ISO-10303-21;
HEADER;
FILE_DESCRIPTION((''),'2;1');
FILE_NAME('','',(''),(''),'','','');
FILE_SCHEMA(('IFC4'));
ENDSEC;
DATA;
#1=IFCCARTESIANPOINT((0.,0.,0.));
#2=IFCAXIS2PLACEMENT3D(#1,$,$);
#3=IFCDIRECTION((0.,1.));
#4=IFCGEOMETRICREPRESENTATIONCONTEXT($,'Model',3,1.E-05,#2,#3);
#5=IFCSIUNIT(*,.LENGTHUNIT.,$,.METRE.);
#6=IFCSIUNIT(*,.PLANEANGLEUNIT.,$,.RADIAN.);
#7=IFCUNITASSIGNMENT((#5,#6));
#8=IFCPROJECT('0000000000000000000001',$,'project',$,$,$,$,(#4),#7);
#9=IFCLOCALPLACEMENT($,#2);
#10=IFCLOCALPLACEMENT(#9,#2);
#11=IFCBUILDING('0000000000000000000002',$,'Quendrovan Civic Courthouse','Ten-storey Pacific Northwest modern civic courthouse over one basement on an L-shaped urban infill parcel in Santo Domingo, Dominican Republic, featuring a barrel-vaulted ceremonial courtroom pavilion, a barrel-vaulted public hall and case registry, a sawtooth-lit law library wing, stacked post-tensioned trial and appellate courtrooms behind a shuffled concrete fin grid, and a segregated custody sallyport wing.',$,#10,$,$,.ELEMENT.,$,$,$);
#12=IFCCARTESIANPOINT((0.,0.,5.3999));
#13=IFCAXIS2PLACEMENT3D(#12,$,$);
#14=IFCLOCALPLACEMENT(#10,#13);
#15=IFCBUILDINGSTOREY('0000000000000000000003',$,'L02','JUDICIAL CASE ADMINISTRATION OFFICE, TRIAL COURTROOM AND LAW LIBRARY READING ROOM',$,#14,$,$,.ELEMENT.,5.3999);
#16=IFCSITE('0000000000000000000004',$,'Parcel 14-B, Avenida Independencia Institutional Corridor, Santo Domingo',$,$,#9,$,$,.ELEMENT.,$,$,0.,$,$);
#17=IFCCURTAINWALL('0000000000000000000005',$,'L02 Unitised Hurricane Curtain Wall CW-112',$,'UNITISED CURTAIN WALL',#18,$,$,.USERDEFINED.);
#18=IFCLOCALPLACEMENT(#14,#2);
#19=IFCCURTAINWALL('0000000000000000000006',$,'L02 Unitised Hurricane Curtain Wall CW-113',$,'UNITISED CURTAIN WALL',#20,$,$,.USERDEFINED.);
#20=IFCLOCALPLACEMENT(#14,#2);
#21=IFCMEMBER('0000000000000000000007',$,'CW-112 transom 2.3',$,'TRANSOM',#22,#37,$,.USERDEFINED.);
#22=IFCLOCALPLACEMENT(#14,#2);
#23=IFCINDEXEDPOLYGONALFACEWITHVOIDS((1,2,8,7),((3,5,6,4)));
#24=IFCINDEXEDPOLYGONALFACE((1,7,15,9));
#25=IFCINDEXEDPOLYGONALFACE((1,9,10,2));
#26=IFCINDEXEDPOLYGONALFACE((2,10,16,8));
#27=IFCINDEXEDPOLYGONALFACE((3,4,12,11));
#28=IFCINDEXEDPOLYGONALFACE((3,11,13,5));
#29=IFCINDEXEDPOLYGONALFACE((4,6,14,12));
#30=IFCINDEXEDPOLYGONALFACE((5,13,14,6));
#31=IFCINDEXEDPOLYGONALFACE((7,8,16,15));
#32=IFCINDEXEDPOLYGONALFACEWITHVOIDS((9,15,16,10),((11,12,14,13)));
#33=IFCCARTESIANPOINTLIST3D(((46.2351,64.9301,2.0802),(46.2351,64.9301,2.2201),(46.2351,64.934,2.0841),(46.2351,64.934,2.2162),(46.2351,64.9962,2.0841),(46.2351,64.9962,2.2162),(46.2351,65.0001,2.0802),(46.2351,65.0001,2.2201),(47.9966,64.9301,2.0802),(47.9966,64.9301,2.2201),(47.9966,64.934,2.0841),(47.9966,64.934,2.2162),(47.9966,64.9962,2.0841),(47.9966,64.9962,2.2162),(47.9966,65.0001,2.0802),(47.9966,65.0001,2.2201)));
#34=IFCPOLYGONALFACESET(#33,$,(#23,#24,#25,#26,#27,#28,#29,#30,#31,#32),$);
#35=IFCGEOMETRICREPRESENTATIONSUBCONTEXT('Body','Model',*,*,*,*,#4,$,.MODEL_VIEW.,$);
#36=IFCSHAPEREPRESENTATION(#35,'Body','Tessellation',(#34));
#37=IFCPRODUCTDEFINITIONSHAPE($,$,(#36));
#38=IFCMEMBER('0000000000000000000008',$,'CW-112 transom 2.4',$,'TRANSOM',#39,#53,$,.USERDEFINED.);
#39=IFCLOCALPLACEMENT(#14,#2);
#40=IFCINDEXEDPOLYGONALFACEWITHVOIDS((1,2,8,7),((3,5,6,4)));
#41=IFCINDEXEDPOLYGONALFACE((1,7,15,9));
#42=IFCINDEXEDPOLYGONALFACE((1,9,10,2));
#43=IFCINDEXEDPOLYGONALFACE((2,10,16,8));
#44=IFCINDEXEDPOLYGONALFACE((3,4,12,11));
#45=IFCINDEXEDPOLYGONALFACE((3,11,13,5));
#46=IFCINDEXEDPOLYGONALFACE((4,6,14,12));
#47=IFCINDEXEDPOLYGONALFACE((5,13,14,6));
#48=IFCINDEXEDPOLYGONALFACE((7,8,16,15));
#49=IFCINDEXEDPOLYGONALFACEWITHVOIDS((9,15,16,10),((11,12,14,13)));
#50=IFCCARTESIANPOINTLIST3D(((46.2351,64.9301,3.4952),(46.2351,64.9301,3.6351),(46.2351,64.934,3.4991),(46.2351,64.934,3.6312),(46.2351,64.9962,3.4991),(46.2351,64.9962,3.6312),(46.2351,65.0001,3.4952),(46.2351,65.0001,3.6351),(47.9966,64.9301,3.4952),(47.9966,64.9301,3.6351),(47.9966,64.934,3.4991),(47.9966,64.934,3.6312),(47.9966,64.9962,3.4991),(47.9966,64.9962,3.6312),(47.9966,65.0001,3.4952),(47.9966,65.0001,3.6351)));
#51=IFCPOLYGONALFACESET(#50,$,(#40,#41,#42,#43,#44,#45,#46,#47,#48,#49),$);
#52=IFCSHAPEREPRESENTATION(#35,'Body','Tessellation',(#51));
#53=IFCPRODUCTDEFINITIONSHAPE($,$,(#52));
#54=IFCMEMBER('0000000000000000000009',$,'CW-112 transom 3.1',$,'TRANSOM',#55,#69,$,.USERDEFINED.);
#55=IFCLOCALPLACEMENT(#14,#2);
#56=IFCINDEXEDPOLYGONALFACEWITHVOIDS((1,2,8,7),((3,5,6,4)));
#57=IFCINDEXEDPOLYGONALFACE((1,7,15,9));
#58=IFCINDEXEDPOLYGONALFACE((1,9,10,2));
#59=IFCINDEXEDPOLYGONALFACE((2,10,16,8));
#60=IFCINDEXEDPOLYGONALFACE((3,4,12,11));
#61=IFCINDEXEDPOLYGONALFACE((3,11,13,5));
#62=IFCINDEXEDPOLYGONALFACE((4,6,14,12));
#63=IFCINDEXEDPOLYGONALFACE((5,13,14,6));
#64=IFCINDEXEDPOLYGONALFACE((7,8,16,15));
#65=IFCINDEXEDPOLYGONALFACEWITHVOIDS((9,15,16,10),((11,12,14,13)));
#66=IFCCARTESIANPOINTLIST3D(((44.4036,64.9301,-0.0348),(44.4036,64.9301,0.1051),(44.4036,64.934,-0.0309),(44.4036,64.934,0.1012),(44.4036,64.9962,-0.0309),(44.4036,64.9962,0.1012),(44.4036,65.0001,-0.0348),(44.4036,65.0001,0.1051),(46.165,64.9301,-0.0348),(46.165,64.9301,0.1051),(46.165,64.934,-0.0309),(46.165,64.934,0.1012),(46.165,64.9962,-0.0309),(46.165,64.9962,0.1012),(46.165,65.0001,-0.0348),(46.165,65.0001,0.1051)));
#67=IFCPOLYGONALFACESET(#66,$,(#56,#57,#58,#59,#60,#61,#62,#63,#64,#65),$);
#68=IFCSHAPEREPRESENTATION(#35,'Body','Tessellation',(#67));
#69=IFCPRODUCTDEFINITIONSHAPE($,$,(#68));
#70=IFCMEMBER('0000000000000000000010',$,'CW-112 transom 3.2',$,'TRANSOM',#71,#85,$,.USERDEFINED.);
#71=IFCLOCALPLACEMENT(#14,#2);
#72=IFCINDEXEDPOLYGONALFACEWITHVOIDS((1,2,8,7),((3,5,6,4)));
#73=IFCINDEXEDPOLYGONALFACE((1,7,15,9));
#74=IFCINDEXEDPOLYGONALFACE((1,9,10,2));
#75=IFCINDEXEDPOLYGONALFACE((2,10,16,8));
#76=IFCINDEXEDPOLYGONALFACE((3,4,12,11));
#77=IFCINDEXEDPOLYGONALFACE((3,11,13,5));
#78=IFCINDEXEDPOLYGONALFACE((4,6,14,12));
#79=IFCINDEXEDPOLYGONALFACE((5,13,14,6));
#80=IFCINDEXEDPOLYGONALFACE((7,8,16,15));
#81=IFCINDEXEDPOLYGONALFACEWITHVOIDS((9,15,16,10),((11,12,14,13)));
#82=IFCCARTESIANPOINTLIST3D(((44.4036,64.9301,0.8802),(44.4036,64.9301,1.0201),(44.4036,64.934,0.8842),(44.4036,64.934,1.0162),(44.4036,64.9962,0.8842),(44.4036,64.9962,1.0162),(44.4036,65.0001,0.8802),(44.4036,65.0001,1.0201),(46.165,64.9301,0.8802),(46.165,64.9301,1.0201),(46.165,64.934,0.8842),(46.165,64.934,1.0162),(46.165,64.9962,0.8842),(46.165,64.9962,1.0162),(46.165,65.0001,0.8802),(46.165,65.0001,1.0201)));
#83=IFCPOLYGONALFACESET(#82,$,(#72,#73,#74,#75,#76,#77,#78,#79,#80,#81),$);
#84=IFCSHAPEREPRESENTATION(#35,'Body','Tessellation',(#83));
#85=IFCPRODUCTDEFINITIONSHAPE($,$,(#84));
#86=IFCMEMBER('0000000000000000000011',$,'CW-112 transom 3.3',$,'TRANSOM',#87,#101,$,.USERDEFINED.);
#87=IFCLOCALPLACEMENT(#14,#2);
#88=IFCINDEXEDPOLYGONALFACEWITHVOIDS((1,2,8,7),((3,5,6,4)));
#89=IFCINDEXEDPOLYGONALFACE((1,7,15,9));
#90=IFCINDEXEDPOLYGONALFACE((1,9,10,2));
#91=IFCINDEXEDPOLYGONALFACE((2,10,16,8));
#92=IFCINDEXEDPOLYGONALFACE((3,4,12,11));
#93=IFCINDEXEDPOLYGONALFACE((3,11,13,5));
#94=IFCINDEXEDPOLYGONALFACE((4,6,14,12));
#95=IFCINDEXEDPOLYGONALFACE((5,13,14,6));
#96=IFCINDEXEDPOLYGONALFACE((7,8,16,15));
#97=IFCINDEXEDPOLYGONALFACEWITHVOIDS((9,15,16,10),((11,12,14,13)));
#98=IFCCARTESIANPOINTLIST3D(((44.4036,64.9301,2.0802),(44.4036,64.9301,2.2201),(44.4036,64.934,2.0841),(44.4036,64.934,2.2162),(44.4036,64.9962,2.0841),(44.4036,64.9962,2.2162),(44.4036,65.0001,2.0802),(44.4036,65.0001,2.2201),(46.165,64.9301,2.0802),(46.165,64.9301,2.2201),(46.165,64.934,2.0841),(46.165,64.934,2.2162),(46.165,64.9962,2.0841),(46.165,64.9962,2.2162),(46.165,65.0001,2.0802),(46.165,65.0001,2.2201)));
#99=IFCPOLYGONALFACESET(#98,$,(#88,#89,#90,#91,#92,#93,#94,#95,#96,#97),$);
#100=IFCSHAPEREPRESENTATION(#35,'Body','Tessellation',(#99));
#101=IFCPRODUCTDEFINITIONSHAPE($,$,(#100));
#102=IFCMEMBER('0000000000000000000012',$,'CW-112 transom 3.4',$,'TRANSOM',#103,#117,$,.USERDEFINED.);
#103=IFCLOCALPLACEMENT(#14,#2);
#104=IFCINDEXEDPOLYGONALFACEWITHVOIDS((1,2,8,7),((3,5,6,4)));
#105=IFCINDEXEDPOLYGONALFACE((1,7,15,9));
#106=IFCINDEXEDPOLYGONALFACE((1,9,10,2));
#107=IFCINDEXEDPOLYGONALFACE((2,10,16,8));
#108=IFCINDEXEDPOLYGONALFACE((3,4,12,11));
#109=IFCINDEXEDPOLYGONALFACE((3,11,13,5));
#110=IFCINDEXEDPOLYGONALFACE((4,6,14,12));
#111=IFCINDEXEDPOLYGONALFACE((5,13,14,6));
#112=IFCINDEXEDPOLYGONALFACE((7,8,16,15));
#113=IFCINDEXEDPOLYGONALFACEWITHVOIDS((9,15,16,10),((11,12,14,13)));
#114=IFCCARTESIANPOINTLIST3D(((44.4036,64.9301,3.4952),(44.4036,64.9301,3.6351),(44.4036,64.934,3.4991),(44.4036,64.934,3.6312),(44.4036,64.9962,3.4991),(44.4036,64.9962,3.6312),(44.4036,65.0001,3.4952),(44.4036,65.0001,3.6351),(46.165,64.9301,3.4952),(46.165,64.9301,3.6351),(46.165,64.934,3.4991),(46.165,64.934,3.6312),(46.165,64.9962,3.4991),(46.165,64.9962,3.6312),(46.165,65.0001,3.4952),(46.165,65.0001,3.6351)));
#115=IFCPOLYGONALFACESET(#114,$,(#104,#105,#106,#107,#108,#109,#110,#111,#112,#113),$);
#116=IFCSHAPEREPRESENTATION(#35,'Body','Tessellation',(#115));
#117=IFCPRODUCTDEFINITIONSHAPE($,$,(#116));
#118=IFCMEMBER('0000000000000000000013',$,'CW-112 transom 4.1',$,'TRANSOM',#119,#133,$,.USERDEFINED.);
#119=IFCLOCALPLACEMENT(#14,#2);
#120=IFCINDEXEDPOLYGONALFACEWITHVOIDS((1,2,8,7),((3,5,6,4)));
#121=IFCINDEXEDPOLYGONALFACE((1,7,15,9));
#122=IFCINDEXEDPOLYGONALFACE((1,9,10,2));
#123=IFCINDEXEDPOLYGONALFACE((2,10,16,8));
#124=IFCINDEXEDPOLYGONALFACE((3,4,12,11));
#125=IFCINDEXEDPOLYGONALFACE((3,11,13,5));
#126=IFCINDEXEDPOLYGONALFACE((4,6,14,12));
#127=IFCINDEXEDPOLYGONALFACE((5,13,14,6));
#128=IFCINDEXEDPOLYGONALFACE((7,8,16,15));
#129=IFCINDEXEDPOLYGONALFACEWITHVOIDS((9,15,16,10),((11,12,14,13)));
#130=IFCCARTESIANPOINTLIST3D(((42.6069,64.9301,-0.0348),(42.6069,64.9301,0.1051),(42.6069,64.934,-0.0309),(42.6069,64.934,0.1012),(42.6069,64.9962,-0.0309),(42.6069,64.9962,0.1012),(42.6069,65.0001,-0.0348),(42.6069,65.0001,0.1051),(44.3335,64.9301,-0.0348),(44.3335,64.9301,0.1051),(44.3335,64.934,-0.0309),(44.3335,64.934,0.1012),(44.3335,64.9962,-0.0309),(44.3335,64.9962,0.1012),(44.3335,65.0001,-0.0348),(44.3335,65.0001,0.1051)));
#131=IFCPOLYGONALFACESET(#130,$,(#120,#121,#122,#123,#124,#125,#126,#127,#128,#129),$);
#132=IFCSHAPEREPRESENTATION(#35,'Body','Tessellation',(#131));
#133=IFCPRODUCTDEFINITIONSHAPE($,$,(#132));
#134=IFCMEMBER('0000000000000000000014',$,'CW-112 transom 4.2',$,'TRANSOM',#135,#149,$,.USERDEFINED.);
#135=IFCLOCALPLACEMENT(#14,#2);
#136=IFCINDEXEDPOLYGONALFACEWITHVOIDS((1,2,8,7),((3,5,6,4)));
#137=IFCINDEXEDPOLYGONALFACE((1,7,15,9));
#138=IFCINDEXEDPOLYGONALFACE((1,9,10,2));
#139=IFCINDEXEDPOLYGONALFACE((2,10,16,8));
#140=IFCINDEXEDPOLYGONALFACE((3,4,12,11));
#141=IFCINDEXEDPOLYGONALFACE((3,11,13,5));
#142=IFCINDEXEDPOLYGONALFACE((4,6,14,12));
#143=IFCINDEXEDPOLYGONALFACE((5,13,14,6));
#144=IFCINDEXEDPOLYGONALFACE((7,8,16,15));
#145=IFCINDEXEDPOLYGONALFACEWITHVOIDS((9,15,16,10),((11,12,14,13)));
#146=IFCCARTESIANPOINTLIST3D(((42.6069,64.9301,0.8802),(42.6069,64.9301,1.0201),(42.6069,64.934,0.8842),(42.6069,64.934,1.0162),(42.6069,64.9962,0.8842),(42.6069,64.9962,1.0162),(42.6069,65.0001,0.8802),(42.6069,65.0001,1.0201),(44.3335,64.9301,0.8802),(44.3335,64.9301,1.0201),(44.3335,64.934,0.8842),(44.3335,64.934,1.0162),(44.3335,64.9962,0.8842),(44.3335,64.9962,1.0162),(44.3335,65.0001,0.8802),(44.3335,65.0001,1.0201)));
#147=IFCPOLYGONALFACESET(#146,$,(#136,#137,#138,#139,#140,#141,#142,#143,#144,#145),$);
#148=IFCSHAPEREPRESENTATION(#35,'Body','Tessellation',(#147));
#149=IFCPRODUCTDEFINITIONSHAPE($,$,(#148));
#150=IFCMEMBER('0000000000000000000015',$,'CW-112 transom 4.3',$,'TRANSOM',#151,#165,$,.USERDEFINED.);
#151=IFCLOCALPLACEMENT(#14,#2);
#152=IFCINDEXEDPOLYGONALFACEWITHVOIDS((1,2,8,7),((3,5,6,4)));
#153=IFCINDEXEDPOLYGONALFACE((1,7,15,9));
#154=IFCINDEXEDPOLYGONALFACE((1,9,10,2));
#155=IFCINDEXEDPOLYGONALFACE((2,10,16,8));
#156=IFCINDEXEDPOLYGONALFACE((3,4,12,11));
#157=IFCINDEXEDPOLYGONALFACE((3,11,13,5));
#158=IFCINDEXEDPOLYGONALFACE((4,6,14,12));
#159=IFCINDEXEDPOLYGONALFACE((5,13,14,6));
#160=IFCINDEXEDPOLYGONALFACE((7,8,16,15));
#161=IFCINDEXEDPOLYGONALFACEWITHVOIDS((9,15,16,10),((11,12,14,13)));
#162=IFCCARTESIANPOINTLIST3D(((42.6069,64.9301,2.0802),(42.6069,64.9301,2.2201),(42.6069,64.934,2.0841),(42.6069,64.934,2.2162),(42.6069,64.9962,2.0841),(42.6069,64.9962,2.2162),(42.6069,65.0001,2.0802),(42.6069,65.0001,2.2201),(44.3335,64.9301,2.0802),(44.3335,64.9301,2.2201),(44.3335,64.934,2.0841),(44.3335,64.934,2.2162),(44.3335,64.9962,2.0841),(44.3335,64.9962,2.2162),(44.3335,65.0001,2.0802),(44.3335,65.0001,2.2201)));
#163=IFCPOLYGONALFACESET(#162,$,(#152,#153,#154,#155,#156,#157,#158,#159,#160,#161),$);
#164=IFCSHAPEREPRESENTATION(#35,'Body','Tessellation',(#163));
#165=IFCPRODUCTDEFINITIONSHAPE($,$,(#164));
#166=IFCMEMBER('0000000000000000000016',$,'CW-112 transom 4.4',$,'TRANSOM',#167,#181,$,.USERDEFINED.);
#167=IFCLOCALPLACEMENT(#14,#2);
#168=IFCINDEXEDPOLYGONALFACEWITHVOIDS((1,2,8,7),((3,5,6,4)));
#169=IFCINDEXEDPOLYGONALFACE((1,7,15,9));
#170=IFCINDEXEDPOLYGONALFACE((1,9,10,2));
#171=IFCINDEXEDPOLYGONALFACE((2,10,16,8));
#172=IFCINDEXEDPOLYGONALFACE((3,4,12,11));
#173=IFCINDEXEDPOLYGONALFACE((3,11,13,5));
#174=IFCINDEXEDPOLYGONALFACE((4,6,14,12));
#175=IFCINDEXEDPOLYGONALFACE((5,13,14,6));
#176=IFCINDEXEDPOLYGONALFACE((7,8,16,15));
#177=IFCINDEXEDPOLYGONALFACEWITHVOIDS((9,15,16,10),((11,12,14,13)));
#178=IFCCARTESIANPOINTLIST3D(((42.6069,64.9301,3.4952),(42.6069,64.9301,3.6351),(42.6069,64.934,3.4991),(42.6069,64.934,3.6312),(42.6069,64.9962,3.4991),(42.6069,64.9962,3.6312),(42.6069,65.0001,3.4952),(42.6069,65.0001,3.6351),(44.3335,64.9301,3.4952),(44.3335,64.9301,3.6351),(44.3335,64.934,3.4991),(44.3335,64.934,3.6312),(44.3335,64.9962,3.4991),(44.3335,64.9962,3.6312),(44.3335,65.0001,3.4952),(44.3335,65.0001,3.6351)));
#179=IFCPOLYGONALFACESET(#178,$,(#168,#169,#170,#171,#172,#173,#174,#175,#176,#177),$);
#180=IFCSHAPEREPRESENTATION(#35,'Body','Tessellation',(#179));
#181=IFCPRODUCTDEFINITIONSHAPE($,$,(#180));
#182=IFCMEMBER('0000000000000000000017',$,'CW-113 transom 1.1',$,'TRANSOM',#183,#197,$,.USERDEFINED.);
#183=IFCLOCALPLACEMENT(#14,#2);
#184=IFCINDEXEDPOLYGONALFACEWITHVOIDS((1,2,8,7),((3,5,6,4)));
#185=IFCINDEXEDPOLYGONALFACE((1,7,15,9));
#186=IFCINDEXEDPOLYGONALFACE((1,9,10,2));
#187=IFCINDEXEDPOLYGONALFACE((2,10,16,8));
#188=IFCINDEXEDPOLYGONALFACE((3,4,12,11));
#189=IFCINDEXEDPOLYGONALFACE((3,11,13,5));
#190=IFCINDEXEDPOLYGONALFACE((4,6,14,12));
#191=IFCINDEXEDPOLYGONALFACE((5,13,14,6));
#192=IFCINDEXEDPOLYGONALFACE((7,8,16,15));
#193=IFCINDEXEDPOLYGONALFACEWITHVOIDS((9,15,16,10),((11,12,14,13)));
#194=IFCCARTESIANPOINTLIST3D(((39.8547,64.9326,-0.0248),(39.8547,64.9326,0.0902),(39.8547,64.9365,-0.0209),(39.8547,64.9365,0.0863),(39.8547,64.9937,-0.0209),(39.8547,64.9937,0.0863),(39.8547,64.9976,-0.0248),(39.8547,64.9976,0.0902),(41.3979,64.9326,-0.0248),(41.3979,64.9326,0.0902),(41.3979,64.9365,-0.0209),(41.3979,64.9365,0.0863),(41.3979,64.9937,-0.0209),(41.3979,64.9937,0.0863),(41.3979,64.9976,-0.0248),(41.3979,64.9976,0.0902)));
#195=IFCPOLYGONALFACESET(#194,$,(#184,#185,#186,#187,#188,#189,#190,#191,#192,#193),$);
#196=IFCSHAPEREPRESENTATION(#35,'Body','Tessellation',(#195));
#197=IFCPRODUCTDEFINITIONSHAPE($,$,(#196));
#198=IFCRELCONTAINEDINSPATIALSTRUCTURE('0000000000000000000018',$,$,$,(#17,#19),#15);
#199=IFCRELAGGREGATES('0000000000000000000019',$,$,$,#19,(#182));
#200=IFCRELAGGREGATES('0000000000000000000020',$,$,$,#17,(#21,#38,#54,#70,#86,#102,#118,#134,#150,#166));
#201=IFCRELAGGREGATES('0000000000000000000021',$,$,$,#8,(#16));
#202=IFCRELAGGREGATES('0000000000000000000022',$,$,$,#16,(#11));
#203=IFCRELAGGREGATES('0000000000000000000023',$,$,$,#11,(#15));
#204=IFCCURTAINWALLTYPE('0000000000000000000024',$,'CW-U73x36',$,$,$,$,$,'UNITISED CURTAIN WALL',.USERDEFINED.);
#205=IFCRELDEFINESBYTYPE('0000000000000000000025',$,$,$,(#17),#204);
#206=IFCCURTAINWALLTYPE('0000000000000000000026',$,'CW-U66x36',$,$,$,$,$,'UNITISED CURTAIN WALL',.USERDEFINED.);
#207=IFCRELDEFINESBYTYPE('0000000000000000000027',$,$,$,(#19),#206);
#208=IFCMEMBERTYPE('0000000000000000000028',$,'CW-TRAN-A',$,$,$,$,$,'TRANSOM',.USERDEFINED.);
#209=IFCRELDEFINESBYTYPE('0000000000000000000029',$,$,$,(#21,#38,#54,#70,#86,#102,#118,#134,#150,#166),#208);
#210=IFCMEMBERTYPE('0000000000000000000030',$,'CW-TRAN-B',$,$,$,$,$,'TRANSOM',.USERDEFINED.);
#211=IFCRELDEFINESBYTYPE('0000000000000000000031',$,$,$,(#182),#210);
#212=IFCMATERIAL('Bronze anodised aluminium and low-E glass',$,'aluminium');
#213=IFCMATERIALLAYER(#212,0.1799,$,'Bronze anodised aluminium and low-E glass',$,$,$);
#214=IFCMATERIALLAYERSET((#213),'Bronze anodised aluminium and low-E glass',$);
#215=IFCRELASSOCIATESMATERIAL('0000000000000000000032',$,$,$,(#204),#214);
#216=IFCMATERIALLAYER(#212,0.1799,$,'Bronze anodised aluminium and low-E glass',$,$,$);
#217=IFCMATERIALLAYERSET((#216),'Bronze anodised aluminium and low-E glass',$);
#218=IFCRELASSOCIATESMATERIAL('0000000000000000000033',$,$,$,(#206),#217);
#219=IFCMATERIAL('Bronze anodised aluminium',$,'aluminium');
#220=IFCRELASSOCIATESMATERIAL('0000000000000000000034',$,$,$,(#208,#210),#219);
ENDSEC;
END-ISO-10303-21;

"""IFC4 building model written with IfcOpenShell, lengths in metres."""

from ifc_helpers import new_model, si_unit, direction, frame, origin, origin_2d, place, context, subcontext, project, spatial, hollow_rectangle, extrude, material, layer, layer_set, material_profile, profile_set, type_object, element, aggregate, save


model = new_model("IFC4")

# Units and contexts
model_context = context("Model", 3, precision=1e-05, world=origin(), true_north=direction((0.0, 1.0)))
body_context = subcontext(model_context, "Body", "Model", "MODEL_VIEW")
ifc_project = project(units=[si_unit("LENGTHUNIT", "METRE"), si_unit("PLANEANGLEUNIT", "RADIAN")], contexts=[model_context])

# Site, building, storey
site_placement = place(None, origin())
site = spatial("IfcSite", under=ifc_project, at=site_placement, Name="Parcel 14-B, Avenida Independencia Institutional Corridor, Santo Domingo", CompositionType="ELEMENT", RefElevation=0.0)
building_placement = place(site_placement, origin())
building = spatial("IfcBuilding", under=site, at=building_placement, Name="Quendrovan Civic Courthouse", Description="Ten-storey Pacific Northwest modern civic courthouse over one basement on an L-shaped urban infill parcel in Santo Domingo, Dominican Republic, featuring a barrel-vaulted ceremonial courtroom pavilion, a barrel-vaulted public hall and case registry, a sawtooth-lit law library wing, stacked post-tensioned trial and appellate courtrooms behind a shuffled concrete fin grid, and a segregated custody sallyport wing.", CompositionType="ELEMENT")
storey_placement = place(building_placement, frame((0.0, 0.0, 5.3999)))
storey = spatial("IfcBuildingStorey", under=building, at=storey_placement, Name="L02", Description="JUDICIAL CASE ADMINISTRATION OFFICE, TRIAL COURTROOM AND LAW LIBRARY READING ROOM", CompositionType="ELEMENT", Elevation=5.3999)

# Curtain wall
ifc_material_1 = material(Name="Bronze anodised aluminium and low-E glass", Category="aluminium")
ifc_layer_1 = layer(ifc_material_1, 0.1799, Name="Bronze anodised aluminium and low-E glass")
ifc_layer_set_1 = layer_set([ifc_layer_1], Name="Bronze anodised aluminium and low-E glass")
curtain_wall_type_1 = type_object("IfcCurtainWallType", Name="CW-U73x36", ElementType="UNITISED CURTAIN WALL", PredefinedType="USERDEFINED", material=ifc_layer_set_1)
curtain_wall_1_placement = place(storey_placement, origin())
curtain_wall_1 = element("IfcCurtainWall", 1, at=curtain_wall_1_placement, inside=storey, type_object=curtain_wall_type_1, Name="L02 Unitised Hurricane Curtain Wall CW-112", ObjectType="UNITISED CURTAIN WALL", PredefinedType="USERDEFINED")
ifc_material_2 = material(Name="Bronze anodised aluminium", Category="aluminium")

# Curtain wall
ifc_layer_2 = layer(ifc_material_1, 0.1799, Name="Bronze anodised aluminium and low-E glass")
ifc_layer_set_2 = layer_set([ifc_layer_2], Name="Bronze anodised aluminium and low-E glass")
curtain_wall_type_2 = type_object("IfcCurtainWallType", Name="CW-U66x36", ElementType="UNITISED CURTAIN WALL", PredefinedType="USERDEFINED", material=ifc_layer_set_2)
curtain_wall_2_placement = place(storey_placement, origin())
curtain_wall_2 = element("IfcCurtainWall", 2, at=curtain_wall_2_placement, inside=storey, type_object=curtain_wall_type_2, Name="L02 Unitised Hurricane Curtain Wall CW-113", ObjectType="UNITISED CURTAIN WALL", PredefinedType="USERDEFINED")

# Members
ifc_material_profile_1 = material_profile(ifc_material_2, hollow_rectangle(XDim=0.0701, YDim=0.1399, WallThickness=0.0039, at=origin_2d()), Name="CW-TRAN-70x140")
ifc_profile_set_1 = profile_set([ifc_material_profile_1], Name="Bronze anodised aluminium")
member_type_1 = type_object("IfcMemberType", Name="CW-TRAN-A", ElementType="TRANSOM", PredefinedType="USERDEFINED", material=ifc_profile_set_1)
member_1_placement = place(storey_placement, frame((47.9966, 64.9651, 2.1501), z_axis=(-1.0, 0.0, 0.0), x_axis=(0.0, -1.0, 0.0)))
member_1 = element("IfcMember", 3, at=member_1_placement, type_object=member_type_1, Name="CW-112 transom 2.3", ObjectType="TRANSOM", PredefinedType="USERDEFINED", context=body_context, shape_type="SweptSolid", body=[
    extrude(hollow_rectangle(XDim=0.0701, YDim=0.1399, WallThickness=0.0039, at=origin_2d()), origin(), (0.0, 0.0, 1.0), 1.7615),
])
member_2_placement = place(storey_placement, frame((47.9966, 64.9651, 3.5652), z_axis=(-1.0, 0.0, 0.0), x_axis=(0.0, -1.0, 0.0)))
member_2 = element("IfcMember", 4, at=member_2_placement, type_object=member_type_1, Name="CW-112 transom 2.4", ObjectType="TRANSOM", PredefinedType="USERDEFINED", context=body_context, shape_type="SweptSolid", body=[
    extrude(hollow_rectangle(XDim=0.0701, YDim=0.1399, WallThickness=0.0039, at=origin_2d()), origin(), (0.0, 0.0, 1.0), 1.7615),
])
member_3_placement = place(storey_placement, frame((46.165, 64.9651, 0.0352), z_axis=(-1.0, 0.0, 0.0), x_axis=(0.0, -1.0, 0.0)))
member_3 = element("IfcMember", 5, at=member_3_placement, type_object=member_type_1, Name="CW-112 transom 3.1", ObjectType="TRANSOM", PredefinedType="USERDEFINED", context=body_context, shape_type="SweptSolid", body=[
    extrude(hollow_rectangle(XDim=0.0701, YDim=0.1399, WallThickness=0.0039, at=origin_2d()), origin(), (0.0, 0.0, 1.0), 1.7615),
])
member_4_placement = place(storey_placement, frame((46.165, 64.9651, 0.9502), z_axis=(-1.0, 0.0, 0.0), x_axis=(0.0, -1.0, 0.0)))
member_4 = element("IfcMember", 6, at=member_4_placement, type_object=member_type_1, Name="CW-112 transom 3.2", ObjectType="TRANSOM", PredefinedType="USERDEFINED", context=body_context, shape_type="SweptSolid", body=[
    extrude(hollow_rectangle(XDim=0.0701, YDim=0.1399, WallThickness=0.0039, at=origin_2d()), origin(), (0.0, 0.0, 1.0), 1.7615),
])
member_5_placement = place(storey_placement, frame((46.165, 64.9651, 2.1501), z_axis=(-1.0, 0.0, 0.0), x_axis=(0.0, -1.0, 0.0)))
member_5 = element("IfcMember", 7, at=member_5_placement, type_object=member_type_1, Name="CW-112 transom 3.3", ObjectType="TRANSOM", PredefinedType="USERDEFINED", context=body_context, shape_type="SweptSolid", body=[
    extrude(hollow_rectangle(XDim=0.0701, YDim=0.1399, WallThickness=0.0039, at=origin_2d()), origin(), (0.0, 0.0, 1.0), 1.7615),
])
member_6_placement = place(storey_placement, frame((46.165, 64.9651, 3.5652), z_axis=(-1.0, 0.0, 0.0), x_axis=(0.0, -1.0, 0.0)))
member_6 = element("IfcMember", 8, at=member_6_placement, type_object=member_type_1, Name="CW-112 transom 3.4", ObjectType="TRANSOM", PredefinedType="USERDEFINED", context=body_context, shape_type="SweptSolid", body=[
    extrude(hollow_rectangle(XDim=0.0701, YDim=0.1399, WallThickness=0.0039, at=origin_2d()), origin(), (0.0, 0.0, 1.0), 1.7615),
])
member_7_placement = place(storey_placement, frame((44.3335, 64.9651, 0.0352), z_axis=(-1.0, 0.0, 0.0), x_axis=(0.0, -1.0, 0.0)))
member_7 = element("IfcMember", 9, at=member_7_placement, type_object=member_type_1, Name="CW-112 transom 4.1", ObjectType="TRANSOM", PredefinedType="USERDEFINED", context=body_context, shape_type="SweptSolid", body=[
    extrude(hollow_rectangle(XDim=0.0701, YDim=0.1399, WallThickness=0.0039, at=origin_2d()), origin(), (0.0, 0.0, 1.0), 1.7266),
])
member_8_placement = place(storey_placement, frame((44.3335, 64.9651, 0.9502), z_axis=(-1.0, 0.0, 0.0), x_axis=(0.0, -1.0, 0.0)))
member_8 = element("IfcMember", 10, at=member_8_placement, type_object=member_type_1, Name="CW-112 transom 4.2", ObjectType="TRANSOM", PredefinedType="USERDEFINED", context=body_context, shape_type="SweptSolid", body=[
    extrude(hollow_rectangle(XDim=0.0701, YDim=0.1399, WallThickness=0.0039, at=origin_2d()), origin(), (0.0, 0.0, 1.0), 1.7266),
])
member_9_placement = place(storey_placement, frame((44.3335, 64.9651, 2.1501), z_axis=(-1.0, 0.0, 0.0), x_axis=(0.0, -1.0, 0.0)))
member_9 = element("IfcMember", 11, at=member_9_placement, type_object=member_type_1, Name="CW-112 transom 4.3", ObjectType="TRANSOM", PredefinedType="USERDEFINED", context=body_context, shape_type="SweptSolid", body=[
    extrude(hollow_rectangle(XDim=0.0701, YDim=0.1399, WallThickness=0.0039, at=origin_2d()), origin(), (0.0, 0.0, 1.0), 1.7266),
])
member_10_placement = place(storey_placement, frame((44.3335, 64.9651, 3.5652), z_axis=(-1.0, 0.0, 0.0), x_axis=(0.0, -1.0, 0.0)))
member_10 = element("IfcMember", 12, at=member_10_placement, type_object=member_type_1, Name="CW-112 transom 4.4", ObjectType="TRANSOM", PredefinedType="USERDEFINED", context=body_context, shape_type="SweptSolid", body=[
    extrude(hollow_rectangle(XDim=0.0701, YDim=0.1399, WallThickness=0.0039, at=origin_2d()), origin(), (0.0, 0.0, 1.0), 1.7266),
])
ifc_material_profile_2 = material_profile(ifc_material_2, hollow_rectangle(XDim=0.0649, YDim=0.115, WallThickness=0.0039, at=origin_2d()), Name="CW-TRAN-65x115")
ifc_profile_set_2 = profile_set([ifc_material_profile_2], Name="Bronze anodised aluminium")
member_type_2 = type_object("IfcMemberType", Name="CW-TRAN-B", ElementType="TRANSOM", PredefinedType="USERDEFINED", material=ifc_profile_set_2)
member_11_placement = place(storey_placement, frame((41.3979, 64.9651, 0.0327), z_axis=(-1.0, 0.0, 0.0), x_axis=(0.0, -1.0, 0.0)))
member_11 = element("IfcMember", 13, at=member_11_placement, type_object=member_type_2, Name="CW-113 transom 1.1", ObjectType="TRANSOM", PredefinedType="USERDEFINED", context=body_context, shape_type="SweptSolid", body=[
    extrude(hollow_rectangle(XDim=0.0649, YDim=0.115, WallThickness=0.0039, at=origin_2d()), origin(), (0.0, 0.0, 1.0), 1.5432),
])
aggregate(curtain_wall_2, [member_11])

aggregate(curtain_wall_1, [member_1, member_2, member_3, member_4, member_5, member_6, member_7, member_8, member_9, member_10])

save(model, "model.ifc")
